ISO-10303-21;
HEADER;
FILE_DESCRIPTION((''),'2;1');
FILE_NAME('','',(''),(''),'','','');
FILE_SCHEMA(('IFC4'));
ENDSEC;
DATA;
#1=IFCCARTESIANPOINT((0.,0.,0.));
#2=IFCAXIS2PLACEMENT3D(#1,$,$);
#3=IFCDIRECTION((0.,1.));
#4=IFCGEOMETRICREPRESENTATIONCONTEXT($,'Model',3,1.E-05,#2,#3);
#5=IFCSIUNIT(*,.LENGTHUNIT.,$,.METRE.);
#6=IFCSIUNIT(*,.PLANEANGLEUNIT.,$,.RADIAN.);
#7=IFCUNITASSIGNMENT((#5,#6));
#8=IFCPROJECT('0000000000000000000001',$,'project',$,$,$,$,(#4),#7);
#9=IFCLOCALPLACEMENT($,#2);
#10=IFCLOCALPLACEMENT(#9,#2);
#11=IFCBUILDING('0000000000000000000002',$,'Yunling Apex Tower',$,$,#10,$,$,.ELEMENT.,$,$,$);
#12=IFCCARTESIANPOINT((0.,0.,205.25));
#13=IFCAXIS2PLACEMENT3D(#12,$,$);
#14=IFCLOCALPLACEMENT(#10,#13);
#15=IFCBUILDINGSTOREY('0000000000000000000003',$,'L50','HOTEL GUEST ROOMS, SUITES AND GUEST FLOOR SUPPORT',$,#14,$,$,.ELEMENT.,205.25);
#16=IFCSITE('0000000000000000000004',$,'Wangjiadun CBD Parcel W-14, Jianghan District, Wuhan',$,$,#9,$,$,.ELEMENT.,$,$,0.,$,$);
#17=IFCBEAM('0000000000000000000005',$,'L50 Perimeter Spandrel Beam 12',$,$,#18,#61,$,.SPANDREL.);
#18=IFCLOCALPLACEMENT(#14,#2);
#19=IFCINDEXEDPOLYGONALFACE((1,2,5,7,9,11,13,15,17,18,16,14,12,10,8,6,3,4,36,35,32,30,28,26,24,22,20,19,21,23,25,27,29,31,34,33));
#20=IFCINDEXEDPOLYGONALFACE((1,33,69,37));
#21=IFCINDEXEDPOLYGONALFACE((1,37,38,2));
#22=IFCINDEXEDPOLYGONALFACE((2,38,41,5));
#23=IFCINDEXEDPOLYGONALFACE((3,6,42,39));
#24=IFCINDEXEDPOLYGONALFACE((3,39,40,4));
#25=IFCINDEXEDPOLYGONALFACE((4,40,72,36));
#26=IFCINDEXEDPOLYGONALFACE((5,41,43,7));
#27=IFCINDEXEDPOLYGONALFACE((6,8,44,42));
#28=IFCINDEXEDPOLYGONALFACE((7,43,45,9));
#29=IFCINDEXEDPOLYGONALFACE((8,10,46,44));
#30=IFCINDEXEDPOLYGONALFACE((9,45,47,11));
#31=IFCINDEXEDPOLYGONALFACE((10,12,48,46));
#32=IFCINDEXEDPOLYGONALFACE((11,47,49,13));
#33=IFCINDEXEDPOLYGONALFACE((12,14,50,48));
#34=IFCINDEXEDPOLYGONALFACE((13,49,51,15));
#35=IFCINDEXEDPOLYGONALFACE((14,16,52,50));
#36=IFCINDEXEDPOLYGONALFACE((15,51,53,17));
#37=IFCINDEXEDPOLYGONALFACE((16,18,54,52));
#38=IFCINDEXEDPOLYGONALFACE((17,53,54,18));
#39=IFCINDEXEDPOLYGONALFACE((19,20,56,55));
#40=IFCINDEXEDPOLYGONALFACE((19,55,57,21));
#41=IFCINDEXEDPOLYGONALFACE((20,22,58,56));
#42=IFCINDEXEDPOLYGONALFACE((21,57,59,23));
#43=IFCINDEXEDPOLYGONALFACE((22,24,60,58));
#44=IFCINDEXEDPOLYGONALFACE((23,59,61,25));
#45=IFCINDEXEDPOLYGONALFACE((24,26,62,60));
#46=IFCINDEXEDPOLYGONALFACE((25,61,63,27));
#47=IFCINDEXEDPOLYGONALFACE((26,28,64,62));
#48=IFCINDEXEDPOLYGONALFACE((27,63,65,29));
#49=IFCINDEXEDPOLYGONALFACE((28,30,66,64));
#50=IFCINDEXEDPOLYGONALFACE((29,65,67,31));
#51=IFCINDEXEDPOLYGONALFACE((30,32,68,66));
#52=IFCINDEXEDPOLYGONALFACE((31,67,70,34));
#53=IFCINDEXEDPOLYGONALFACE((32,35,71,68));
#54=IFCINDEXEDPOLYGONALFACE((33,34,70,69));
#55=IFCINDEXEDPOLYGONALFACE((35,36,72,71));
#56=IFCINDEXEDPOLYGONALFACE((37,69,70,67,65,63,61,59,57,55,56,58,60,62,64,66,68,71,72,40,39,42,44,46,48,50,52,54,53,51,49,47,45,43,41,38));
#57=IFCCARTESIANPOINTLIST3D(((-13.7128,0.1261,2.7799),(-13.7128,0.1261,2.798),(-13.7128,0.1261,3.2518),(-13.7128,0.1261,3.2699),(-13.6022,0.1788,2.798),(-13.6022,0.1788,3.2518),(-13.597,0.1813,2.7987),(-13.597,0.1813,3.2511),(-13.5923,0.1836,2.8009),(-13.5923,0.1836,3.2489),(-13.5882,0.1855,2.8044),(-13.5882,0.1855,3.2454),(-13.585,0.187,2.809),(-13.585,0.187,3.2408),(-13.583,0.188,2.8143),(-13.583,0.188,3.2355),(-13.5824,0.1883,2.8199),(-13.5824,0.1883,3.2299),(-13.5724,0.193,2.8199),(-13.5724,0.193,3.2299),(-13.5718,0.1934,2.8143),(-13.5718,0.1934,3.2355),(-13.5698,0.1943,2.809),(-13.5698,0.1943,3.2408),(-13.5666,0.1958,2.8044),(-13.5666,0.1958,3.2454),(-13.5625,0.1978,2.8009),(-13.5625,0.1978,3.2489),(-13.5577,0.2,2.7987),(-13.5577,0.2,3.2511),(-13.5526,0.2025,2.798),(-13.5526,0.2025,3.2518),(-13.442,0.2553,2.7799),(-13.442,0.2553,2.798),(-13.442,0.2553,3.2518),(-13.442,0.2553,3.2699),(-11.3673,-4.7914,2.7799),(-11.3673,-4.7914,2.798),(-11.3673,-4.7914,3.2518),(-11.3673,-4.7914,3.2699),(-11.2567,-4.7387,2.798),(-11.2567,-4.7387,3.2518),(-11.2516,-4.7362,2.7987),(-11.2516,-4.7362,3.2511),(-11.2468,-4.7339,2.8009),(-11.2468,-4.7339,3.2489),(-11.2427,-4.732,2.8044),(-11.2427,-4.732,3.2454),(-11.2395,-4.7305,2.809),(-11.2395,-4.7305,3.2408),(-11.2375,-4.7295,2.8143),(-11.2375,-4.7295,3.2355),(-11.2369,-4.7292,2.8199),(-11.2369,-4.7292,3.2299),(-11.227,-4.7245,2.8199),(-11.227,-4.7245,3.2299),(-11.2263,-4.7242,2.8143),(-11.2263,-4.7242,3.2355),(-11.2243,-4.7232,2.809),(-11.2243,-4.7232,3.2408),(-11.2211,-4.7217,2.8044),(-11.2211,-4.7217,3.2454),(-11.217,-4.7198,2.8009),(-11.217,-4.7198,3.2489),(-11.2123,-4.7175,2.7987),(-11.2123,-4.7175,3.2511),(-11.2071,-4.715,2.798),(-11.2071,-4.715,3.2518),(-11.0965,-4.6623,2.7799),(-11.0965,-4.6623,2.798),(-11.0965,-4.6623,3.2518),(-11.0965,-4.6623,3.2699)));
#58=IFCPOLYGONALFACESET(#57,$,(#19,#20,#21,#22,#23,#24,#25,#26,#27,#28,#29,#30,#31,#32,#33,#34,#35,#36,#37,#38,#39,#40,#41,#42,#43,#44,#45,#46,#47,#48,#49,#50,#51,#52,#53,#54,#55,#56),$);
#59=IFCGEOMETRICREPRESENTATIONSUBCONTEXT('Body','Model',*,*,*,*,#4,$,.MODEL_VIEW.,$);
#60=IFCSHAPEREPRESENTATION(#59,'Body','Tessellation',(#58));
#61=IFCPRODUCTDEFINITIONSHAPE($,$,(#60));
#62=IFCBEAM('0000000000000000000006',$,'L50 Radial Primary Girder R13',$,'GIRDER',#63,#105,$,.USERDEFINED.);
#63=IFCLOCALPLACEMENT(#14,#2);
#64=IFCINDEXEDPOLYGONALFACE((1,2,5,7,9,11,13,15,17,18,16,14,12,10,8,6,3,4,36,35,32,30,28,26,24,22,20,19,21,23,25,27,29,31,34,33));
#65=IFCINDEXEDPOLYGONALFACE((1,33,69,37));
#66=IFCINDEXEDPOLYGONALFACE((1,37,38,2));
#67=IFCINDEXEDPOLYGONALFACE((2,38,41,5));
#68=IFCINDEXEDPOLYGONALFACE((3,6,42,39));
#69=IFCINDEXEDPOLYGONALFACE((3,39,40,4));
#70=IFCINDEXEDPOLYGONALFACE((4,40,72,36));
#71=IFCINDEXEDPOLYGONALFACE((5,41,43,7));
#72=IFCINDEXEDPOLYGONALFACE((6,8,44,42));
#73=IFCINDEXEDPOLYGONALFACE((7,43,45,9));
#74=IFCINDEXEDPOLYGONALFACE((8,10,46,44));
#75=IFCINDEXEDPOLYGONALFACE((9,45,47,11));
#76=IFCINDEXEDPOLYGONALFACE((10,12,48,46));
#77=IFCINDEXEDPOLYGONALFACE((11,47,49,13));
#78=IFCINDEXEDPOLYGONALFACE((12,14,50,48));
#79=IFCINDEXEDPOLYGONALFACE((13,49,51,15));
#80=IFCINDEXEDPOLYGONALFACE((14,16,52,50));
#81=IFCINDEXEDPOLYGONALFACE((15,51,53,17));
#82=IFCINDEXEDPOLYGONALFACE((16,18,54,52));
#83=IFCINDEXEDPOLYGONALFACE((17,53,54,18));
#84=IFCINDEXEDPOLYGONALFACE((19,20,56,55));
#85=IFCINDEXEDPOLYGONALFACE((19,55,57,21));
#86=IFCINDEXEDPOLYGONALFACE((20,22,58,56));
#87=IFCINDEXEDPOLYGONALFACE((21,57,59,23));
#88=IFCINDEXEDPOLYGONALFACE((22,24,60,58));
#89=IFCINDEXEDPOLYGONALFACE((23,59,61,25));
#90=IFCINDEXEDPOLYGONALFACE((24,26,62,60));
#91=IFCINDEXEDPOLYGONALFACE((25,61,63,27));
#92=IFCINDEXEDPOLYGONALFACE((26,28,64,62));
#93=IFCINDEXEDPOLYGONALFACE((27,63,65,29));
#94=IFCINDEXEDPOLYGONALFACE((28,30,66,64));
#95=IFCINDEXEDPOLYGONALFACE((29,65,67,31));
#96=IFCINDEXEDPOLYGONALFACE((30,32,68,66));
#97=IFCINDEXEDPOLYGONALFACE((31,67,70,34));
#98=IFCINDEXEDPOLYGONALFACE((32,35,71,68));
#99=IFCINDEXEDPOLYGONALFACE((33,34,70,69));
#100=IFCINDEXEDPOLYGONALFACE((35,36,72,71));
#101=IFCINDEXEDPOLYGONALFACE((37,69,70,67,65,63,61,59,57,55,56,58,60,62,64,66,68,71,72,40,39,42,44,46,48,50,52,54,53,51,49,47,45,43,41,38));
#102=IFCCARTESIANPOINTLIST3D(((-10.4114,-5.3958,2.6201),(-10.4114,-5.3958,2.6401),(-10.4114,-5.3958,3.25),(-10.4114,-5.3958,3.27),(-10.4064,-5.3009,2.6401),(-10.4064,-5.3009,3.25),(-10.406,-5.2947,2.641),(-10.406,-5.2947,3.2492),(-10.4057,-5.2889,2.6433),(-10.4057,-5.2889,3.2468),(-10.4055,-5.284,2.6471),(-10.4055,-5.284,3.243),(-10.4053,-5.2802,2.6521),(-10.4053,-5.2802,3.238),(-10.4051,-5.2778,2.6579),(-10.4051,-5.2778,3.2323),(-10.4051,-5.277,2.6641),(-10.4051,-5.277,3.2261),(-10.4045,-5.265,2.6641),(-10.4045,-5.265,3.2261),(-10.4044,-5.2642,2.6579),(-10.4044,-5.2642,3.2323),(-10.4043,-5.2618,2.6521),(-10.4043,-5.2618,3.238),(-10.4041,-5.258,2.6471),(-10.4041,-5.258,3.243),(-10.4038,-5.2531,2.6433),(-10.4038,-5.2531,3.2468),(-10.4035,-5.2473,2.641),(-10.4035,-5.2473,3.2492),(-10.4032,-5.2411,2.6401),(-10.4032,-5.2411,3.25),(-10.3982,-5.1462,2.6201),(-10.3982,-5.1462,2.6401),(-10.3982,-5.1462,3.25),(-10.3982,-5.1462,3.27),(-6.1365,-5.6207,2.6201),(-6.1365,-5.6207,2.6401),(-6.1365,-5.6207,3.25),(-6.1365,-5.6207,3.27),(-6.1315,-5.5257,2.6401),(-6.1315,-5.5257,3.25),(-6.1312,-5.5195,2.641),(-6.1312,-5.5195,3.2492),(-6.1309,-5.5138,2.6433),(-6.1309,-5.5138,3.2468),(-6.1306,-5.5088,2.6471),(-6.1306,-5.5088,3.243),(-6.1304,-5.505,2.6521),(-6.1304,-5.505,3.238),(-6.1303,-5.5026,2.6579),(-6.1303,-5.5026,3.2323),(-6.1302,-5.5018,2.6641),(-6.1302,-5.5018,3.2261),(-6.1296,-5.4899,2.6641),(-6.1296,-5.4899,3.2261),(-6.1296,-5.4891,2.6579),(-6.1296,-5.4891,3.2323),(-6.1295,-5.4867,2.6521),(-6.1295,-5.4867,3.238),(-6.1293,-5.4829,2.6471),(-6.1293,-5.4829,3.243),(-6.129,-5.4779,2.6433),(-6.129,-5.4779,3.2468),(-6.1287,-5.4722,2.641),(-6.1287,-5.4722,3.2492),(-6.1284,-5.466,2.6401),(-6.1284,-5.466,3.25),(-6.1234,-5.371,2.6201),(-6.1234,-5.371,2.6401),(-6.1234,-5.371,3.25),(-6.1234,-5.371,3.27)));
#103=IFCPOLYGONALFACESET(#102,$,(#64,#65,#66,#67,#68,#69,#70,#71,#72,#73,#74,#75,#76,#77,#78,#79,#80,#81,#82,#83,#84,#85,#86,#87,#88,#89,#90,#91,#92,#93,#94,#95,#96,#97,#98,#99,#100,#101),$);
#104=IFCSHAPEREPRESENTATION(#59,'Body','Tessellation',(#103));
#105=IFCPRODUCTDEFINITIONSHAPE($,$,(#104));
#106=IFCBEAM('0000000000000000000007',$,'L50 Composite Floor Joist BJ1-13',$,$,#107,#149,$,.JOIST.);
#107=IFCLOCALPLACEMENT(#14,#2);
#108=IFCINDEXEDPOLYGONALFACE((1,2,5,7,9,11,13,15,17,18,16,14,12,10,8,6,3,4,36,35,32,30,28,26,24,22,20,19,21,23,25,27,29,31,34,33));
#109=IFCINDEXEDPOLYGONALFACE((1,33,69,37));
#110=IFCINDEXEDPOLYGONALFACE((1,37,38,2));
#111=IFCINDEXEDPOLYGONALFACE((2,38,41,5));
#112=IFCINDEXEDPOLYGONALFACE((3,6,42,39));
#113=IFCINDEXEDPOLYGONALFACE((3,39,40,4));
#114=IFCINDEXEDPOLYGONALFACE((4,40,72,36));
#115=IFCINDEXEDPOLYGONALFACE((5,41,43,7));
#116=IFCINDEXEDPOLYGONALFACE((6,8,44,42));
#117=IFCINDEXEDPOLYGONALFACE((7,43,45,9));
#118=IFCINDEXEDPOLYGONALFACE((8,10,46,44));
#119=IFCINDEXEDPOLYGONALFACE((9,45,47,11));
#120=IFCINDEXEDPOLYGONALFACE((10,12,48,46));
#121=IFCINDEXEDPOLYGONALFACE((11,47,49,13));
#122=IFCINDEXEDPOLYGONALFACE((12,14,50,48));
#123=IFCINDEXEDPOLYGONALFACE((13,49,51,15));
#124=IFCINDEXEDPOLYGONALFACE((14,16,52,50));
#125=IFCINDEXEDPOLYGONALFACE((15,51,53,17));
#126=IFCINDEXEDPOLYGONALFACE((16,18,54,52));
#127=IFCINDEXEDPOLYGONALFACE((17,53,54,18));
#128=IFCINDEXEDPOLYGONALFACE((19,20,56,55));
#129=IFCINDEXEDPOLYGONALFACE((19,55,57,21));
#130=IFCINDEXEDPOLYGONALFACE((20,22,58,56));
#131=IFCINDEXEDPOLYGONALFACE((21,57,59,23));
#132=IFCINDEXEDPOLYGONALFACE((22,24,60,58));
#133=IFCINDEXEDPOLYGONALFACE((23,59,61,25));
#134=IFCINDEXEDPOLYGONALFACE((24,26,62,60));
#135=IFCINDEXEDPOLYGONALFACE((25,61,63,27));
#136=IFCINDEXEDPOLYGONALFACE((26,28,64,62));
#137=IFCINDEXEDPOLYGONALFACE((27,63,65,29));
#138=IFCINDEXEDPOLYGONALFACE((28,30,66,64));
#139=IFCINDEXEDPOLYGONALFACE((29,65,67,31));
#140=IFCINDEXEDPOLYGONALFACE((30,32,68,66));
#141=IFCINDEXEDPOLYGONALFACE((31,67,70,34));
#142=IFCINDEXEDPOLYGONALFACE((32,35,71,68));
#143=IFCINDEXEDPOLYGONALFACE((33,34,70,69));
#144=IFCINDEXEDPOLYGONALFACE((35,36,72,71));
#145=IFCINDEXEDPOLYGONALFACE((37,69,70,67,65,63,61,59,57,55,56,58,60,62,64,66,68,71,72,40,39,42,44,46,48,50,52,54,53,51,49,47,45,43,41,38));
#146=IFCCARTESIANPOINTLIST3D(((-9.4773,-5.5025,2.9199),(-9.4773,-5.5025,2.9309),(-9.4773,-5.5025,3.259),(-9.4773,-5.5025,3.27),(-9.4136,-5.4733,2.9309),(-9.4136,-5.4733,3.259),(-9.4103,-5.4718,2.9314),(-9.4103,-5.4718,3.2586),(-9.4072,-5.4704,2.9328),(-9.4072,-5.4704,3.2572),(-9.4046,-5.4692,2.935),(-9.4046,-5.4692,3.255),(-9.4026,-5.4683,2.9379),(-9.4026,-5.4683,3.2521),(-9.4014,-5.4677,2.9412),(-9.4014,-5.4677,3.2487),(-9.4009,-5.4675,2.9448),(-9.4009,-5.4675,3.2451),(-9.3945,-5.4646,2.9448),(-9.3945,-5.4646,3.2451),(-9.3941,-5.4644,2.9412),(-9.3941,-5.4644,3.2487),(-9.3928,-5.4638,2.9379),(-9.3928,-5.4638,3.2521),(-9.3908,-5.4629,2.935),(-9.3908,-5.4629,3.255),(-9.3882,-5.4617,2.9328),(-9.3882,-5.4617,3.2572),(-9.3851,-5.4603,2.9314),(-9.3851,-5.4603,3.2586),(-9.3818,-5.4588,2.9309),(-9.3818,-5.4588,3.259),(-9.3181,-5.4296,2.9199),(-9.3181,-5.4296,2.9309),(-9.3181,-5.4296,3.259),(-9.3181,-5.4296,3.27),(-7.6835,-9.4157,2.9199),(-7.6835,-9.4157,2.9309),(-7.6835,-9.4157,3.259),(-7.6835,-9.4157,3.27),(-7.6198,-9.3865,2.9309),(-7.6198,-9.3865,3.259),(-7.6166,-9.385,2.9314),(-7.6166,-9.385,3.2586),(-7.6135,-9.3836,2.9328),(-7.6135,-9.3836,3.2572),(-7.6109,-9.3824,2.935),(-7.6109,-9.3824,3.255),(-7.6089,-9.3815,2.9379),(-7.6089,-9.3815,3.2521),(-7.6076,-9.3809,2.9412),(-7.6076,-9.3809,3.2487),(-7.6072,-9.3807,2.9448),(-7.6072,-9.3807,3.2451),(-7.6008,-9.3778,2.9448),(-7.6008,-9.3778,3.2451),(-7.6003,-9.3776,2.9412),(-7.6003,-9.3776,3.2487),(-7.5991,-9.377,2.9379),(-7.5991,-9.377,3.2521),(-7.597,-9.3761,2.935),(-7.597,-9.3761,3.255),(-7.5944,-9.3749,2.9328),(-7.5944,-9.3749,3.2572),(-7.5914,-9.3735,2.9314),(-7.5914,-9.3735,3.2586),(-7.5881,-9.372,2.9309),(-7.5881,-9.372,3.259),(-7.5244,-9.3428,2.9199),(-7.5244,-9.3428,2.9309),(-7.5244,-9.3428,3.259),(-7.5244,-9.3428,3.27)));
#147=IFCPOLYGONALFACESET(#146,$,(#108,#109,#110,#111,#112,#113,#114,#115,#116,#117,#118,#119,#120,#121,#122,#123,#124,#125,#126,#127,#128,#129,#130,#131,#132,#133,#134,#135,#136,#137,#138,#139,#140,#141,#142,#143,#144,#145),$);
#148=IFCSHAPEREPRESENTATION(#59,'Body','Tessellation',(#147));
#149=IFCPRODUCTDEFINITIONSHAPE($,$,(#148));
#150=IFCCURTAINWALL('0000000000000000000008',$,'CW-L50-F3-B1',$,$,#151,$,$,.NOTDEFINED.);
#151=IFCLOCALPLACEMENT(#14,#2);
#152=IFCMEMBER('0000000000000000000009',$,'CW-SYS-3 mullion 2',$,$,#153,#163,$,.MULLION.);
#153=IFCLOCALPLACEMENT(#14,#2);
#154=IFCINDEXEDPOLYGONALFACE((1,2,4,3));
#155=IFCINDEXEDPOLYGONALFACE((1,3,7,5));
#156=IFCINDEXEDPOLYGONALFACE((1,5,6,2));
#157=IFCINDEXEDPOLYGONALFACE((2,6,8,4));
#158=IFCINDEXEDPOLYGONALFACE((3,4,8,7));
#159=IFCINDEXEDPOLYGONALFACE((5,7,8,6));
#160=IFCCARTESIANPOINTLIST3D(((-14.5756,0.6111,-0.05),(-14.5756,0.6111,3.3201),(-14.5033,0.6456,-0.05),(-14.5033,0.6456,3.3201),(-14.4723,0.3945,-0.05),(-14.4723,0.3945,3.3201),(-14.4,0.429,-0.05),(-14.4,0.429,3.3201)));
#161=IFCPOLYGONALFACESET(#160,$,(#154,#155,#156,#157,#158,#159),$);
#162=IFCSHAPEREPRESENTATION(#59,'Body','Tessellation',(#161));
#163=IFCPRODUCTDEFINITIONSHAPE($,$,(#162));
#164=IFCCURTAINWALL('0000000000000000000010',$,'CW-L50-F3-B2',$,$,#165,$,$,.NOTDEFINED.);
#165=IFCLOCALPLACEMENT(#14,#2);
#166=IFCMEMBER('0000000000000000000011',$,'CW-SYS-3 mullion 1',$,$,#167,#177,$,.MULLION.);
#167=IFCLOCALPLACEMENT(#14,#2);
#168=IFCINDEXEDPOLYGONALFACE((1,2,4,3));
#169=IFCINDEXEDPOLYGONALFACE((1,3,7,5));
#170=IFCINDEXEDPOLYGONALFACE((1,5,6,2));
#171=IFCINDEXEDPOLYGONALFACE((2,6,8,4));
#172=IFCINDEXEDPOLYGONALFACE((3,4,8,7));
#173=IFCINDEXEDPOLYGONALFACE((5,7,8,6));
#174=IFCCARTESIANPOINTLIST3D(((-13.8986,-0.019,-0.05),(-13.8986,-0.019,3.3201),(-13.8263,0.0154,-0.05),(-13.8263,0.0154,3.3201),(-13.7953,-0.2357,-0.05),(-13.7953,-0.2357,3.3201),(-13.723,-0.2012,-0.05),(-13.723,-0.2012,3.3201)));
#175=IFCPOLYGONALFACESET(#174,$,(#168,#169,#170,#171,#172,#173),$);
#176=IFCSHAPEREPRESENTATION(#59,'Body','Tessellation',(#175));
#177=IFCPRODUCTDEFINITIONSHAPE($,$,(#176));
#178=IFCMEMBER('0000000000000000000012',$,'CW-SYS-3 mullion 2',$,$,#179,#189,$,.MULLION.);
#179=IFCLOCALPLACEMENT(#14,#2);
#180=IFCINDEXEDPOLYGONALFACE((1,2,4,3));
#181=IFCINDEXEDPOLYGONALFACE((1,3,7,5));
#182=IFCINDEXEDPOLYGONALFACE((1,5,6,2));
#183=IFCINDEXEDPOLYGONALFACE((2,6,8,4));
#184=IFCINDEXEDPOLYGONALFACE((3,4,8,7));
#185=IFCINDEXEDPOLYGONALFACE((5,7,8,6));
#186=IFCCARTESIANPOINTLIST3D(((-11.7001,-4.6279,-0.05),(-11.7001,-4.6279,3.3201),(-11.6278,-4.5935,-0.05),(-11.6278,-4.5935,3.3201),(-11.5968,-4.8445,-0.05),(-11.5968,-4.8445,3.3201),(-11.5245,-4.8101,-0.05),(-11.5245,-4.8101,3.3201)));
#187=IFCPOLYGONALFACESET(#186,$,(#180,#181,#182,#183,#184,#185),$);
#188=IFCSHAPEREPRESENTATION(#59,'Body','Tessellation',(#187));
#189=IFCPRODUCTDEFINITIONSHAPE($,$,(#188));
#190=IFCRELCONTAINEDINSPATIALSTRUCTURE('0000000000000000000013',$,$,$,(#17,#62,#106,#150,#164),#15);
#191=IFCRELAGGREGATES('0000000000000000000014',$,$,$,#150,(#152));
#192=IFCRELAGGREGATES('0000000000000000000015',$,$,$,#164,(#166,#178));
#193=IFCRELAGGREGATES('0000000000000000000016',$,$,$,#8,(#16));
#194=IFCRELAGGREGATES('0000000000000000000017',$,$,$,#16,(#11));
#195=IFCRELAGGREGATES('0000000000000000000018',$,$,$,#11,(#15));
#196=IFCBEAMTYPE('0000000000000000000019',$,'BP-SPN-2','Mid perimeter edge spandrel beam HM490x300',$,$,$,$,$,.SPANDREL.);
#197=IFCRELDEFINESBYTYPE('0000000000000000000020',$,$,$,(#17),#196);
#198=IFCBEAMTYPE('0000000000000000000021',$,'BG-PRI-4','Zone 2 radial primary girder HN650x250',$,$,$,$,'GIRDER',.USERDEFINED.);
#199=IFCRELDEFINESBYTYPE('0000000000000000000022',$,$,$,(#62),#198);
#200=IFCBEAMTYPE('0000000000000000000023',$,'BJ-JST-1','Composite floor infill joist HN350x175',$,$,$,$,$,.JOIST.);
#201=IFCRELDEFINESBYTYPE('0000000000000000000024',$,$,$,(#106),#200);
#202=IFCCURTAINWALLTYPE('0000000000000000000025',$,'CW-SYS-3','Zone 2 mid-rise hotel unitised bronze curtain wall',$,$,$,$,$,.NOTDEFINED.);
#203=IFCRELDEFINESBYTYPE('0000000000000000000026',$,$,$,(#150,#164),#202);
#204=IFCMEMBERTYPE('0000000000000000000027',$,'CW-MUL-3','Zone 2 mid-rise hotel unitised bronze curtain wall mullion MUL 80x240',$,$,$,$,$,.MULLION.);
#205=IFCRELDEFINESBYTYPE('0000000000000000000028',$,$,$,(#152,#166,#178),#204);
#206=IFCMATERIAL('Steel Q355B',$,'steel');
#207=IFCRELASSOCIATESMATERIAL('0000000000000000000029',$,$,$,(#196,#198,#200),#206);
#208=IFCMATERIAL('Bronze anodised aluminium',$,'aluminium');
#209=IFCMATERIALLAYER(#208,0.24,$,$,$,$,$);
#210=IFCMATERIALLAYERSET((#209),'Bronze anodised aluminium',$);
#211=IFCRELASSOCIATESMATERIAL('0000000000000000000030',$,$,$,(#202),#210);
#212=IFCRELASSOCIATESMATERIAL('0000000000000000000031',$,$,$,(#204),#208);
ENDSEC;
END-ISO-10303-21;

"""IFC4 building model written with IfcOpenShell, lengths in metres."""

from ifc_helpers import new_model, si_unit, direction, frame, origin, origin_2d, place, context, subcontext, project, spatial, rectangle, i_section, extrude, source, transform, mapped, material, layer, layer_set, material_profile, profile_set, type_object, element, aggregate, save


model = new_model("IFC4")

# Units and contexts
model_context = context("Model", 3, precision=1e-05, world=origin(), true_north=direction((0.0, 1.0)))
body_context = subcontext(model_context, "Body", "Model", "MODEL_VIEW")
ifc_project = project(units=[si_unit("LENGTHUNIT", "METRE"), si_unit("PLANEANGLEUNIT", "RADIAN")], contexts=[model_context])

# Site, building, storey
site_placement = place(None, origin())
site = spatial("IfcSite", under=ifc_project, at=site_placement, Name="Wangjiadun CBD Parcel W-14, Jianghan District, Wuhan", CompositionType="ELEMENT", RefElevation=0.0)
building_placement = place(site_placement, origin())
building = spatial("IfcBuilding", under=site, at=building_placement, Name="Yunling Apex Tower", CompositionType="ELEMENT")
storey_placement = place(building_placement, frame((0.0, 0.0, 205.25)))
storey = spatial("IfcBuildingStorey", under=building, at=storey_placement, Name="L50", Description="HOTEL GUEST ROOMS, SUITES AND GUEST FLOOR SUPPORT", CompositionType="ELEMENT", Elevation=205.25)

# Beams
ifc_material_1 = material(Name="Steel Q355B", Category="steel")
ifc_material_profile_1 = material_profile(ifc_material_1, i_section(OverallWidth=0.3, OverallDepth=0.49, WebThickness=0.011, FlangeThickness=0.0181, FilletRadius=0.022, at=origin_2d()))
ifc_profile_set_1 = profile_set([ifc_material_profile_1], Name="Steel Q355B")
beam_type_1 = type_object("IfcBeamType", Name="BP-SPN-2", Description="Mid perimeter edge spandrel beam HM490x300", PredefinedType="SPANDREL", material=ifc_profile_set_1)
shared_shape_1 = source(origin(), body_context, "Body", "SweptSolid", [
    extrude(i_section(OverallWidth=0.3, OverallDepth=0.49, WebThickness=0.011, FlangeThickness=0.0181, FilletRadius=0.022, at=origin_2d()), origin(), (0.0, 0.0, 1.0), 5.4482),
])
beam_1_placement = place(storey_placement, frame((-13.5774, 0.1907, 3.0249), z_axis=(0.430502, -0.902589, 0.0), x_axis=(0.902589, 0.430502, 0.0)))
element("IfcBeam", 1, at=beam_1_placement, inside=storey, type_object=beam_type_1, Name="L50 Perimeter Spandrel Beam 12", PredefinedType="SPANDREL", context=body_context, shape_type="MappedRepresentation", body=[
    mapped(shared_shape_1, transform((0.0, 0.0, 0.0), scale=1.0)),
])
ifc_material_profile_2 = material_profile(ifc_material_1, i_section(OverallWidth=0.25, OverallDepth=0.6499, WebThickness=0.012, FlangeThickness=0.02, FilletRadius=0.0239, at=origin_2d()))
ifc_profile_set_2 = profile_set([ifc_material_profile_2], Name="Steel Q355B")
beam_type_2 = type_object("IfcBeamType", Name="BG-PRI-4", Description="Zone 2 radial primary girder HN650x250", ElementType="GIRDER", PredefinedType="USERDEFINED", material=ifc_profile_set_2)
shared_shape_2 = source(origin(), body_context, "Body", "SweptSolid", [
    extrude(i_section(OverallWidth=0.25, OverallDepth=0.6499, WebThickness=0.012, FlangeThickness=0.02, FilletRadius=0.0239, at=origin_2d()), origin(), (0.0, 0.0, 1.0), 4.2808),
])
beam_2_placement = place(storey_placement, frame((-10.4048, -5.271, 2.9451), z_axis=(0.99862, -0.052526, 0.0), x_axis=(0.052526, 0.99862, 0.0)))
element("IfcBeam", 2, at=beam_2_placement, inside=storey, type_object=beam_type_2, Name="L50 Radial Primary Girder R13", ObjectType="GIRDER", PredefinedType="USERDEFINED", context=body_context, shape_type="MappedRepresentation", body=[
    mapped(shared_shape_2, transform((0.0, 0.0, 0.0), scale=1.0)),
])
ifc_material_profile_3 = material_profile(ifc_material_1, i_section(OverallWidth=0.175, OverallDepth=0.3501, WebThickness=0.0071, FlangeThickness=0.011, FilletRadius=0.0139, at=origin_2d()))
ifc_profile_set_3 = profile_set([ifc_material_profile_3], Name="Steel Q355B")
beam_type_3 = type_object("IfcBeamType", Name="BJ-JST-1", Description="Composite floor infill joist HN350x175", PredefinedType="JOIST", material=ifc_profile_set_3)
shared_shape_3 = source(origin(), body_context, "Body", "SweptSolid", [
    extrude(i_section(OverallWidth=0.175, OverallDepth=0.3501, WebThickness=0.0071, FlangeThickness=0.011, FilletRadius=0.0139, at=origin_2d()), origin(), (0.0, 0.0, 1.0), 4.3047),
])
beam_3_placement = place(storey_placement, frame((-9.3977, -5.4661, 3.095), z_axis=(0.416694, -0.909047, 0.0), x_axis=(0.909047, 0.416694, 0.0)))
element("IfcBeam", 3, at=beam_3_placement, inside=storey, type_object=beam_type_3, Name="L50 Composite Floor Joist BJ1-13", PredefinedType="JOIST", context=body_context, shape_type="MappedRepresentation", body=[
    mapped(shared_shape_3, transform((0.0, 0.0, 0.0), scale=1.0)),
])

# Curtain wall, member
ifc_material_2 = material(Name="Bronze anodised aluminium", Category="aluminium")
ifc_layer_1 = layer(ifc_material_2, 0.24)
ifc_layer_set_1 = layer_set([ifc_layer_1], Name="Bronze anodised aluminium")
curtain_wall_type = type_object("IfcCurtainWallType", Name="CW-SYS-3", Description="Zone 2 mid-rise hotel unitised bronze curtain wall", PredefinedType="NOTDEFINED", material=ifc_layer_set_1)
curtain_wall_1_placement = place(storey_placement, origin())
curtain_wall_1 = element("IfcCurtainWall", 4, at=curtain_wall_1_placement, inside=storey, type_object=curtain_wall_type, Name="CW-L50-F3-B1", PredefinedType="NOTDEFINED")
ifc_material_profile_4 = material_profile(ifc_material_2, rectangle(XDim=0.0801, YDim=0.24, at=origin_2d()))
ifc_profile_set_4 = profile_set([ifc_material_profile_4], Name="Bronze anodised aluminium")
member_type_1 = type_object("IfcMemberType", Name="CW-MUL-3", Description="Zone 2 mid-rise hotel unitised bronze curtain wall mullion MUL 80x240", PredefinedType="MULLION", material=ifc_profile_set_4)
shared_shape_4 = source(origin(), body_context, "Body", "SweptSolid", [
    extrude(rectangle(XDim=0.0801, YDim=0.24, at=origin_2d()), origin(), (0.0, 0.0, 1.0), 3.3701),
])
member_1_placement = place(storey_placement, frame((-14.4878, 0.52, -0.05), z_axis=(0.0, 0.0, 1.0), x_axis=(0.902582, 0.430518, 0.0)))
member_1 = element("IfcMember", 5, at=member_1_placement, type_object=member_type_1, Name="CW-SYS-3 mullion 2", PredefinedType="MULLION", context=body_context, shape_type="MappedRepresentation", body=[
    mapped(shared_shape_4, transform((0.0, 0.0, 0.0), scale=1.0)),
])
aggregate(curtain_wall_1, [member_1])

# Curtain wall, members
curtain_wall_2_placement = place(storey_placement, origin())
curtain_wall_2 = element("IfcCurtainWall", 6, at=curtain_wall_2_placement, inside=storey, type_object=curtain_wall_type, Name="CW-L50-F3-B2", PredefinedType="NOTDEFINED")
member_2_placement = place(storey_placement, frame((-13.8108, -0.1101, -0.05), z_axis=(0.0, 0.0, 1.0), x_axis=(0.902583, 0.430516, 0.0)))
member_2 = element("IfcMember", 7, at=member_2_placement, type_object=member_type_1, Name="CW-SYS-3 mullion 1", PredefinedType="MULLION", context=body_context, shape_type="MappedRepresentation", body=[
    mapped(shared_shape_4, transform((0.0, 0.0, 0.0), scale=1.0)),
])
member_3_placement = place(storey_placement, frame((-11.6123, -4.719, -0.05), z_axis=(0.0, 0.0, 1.0), x_axis=(0.902583, 0.430516, 0.0)))
member_3 = element("IfcMember", 8, at=member_3_placement, type_object=member_type_1, Name="CW-SYS-3 mullion 2", PredefinedType="MULLION", context=body_context, shape_type="MappedRepresentation", body=[
    mapped(shared_shape_4, transform((0.0, 0.0, 0.0), scale=1.0)),
])
aggregate(curtain_wall_2, [member_2, member_3])

save(model, "model.ifc")
